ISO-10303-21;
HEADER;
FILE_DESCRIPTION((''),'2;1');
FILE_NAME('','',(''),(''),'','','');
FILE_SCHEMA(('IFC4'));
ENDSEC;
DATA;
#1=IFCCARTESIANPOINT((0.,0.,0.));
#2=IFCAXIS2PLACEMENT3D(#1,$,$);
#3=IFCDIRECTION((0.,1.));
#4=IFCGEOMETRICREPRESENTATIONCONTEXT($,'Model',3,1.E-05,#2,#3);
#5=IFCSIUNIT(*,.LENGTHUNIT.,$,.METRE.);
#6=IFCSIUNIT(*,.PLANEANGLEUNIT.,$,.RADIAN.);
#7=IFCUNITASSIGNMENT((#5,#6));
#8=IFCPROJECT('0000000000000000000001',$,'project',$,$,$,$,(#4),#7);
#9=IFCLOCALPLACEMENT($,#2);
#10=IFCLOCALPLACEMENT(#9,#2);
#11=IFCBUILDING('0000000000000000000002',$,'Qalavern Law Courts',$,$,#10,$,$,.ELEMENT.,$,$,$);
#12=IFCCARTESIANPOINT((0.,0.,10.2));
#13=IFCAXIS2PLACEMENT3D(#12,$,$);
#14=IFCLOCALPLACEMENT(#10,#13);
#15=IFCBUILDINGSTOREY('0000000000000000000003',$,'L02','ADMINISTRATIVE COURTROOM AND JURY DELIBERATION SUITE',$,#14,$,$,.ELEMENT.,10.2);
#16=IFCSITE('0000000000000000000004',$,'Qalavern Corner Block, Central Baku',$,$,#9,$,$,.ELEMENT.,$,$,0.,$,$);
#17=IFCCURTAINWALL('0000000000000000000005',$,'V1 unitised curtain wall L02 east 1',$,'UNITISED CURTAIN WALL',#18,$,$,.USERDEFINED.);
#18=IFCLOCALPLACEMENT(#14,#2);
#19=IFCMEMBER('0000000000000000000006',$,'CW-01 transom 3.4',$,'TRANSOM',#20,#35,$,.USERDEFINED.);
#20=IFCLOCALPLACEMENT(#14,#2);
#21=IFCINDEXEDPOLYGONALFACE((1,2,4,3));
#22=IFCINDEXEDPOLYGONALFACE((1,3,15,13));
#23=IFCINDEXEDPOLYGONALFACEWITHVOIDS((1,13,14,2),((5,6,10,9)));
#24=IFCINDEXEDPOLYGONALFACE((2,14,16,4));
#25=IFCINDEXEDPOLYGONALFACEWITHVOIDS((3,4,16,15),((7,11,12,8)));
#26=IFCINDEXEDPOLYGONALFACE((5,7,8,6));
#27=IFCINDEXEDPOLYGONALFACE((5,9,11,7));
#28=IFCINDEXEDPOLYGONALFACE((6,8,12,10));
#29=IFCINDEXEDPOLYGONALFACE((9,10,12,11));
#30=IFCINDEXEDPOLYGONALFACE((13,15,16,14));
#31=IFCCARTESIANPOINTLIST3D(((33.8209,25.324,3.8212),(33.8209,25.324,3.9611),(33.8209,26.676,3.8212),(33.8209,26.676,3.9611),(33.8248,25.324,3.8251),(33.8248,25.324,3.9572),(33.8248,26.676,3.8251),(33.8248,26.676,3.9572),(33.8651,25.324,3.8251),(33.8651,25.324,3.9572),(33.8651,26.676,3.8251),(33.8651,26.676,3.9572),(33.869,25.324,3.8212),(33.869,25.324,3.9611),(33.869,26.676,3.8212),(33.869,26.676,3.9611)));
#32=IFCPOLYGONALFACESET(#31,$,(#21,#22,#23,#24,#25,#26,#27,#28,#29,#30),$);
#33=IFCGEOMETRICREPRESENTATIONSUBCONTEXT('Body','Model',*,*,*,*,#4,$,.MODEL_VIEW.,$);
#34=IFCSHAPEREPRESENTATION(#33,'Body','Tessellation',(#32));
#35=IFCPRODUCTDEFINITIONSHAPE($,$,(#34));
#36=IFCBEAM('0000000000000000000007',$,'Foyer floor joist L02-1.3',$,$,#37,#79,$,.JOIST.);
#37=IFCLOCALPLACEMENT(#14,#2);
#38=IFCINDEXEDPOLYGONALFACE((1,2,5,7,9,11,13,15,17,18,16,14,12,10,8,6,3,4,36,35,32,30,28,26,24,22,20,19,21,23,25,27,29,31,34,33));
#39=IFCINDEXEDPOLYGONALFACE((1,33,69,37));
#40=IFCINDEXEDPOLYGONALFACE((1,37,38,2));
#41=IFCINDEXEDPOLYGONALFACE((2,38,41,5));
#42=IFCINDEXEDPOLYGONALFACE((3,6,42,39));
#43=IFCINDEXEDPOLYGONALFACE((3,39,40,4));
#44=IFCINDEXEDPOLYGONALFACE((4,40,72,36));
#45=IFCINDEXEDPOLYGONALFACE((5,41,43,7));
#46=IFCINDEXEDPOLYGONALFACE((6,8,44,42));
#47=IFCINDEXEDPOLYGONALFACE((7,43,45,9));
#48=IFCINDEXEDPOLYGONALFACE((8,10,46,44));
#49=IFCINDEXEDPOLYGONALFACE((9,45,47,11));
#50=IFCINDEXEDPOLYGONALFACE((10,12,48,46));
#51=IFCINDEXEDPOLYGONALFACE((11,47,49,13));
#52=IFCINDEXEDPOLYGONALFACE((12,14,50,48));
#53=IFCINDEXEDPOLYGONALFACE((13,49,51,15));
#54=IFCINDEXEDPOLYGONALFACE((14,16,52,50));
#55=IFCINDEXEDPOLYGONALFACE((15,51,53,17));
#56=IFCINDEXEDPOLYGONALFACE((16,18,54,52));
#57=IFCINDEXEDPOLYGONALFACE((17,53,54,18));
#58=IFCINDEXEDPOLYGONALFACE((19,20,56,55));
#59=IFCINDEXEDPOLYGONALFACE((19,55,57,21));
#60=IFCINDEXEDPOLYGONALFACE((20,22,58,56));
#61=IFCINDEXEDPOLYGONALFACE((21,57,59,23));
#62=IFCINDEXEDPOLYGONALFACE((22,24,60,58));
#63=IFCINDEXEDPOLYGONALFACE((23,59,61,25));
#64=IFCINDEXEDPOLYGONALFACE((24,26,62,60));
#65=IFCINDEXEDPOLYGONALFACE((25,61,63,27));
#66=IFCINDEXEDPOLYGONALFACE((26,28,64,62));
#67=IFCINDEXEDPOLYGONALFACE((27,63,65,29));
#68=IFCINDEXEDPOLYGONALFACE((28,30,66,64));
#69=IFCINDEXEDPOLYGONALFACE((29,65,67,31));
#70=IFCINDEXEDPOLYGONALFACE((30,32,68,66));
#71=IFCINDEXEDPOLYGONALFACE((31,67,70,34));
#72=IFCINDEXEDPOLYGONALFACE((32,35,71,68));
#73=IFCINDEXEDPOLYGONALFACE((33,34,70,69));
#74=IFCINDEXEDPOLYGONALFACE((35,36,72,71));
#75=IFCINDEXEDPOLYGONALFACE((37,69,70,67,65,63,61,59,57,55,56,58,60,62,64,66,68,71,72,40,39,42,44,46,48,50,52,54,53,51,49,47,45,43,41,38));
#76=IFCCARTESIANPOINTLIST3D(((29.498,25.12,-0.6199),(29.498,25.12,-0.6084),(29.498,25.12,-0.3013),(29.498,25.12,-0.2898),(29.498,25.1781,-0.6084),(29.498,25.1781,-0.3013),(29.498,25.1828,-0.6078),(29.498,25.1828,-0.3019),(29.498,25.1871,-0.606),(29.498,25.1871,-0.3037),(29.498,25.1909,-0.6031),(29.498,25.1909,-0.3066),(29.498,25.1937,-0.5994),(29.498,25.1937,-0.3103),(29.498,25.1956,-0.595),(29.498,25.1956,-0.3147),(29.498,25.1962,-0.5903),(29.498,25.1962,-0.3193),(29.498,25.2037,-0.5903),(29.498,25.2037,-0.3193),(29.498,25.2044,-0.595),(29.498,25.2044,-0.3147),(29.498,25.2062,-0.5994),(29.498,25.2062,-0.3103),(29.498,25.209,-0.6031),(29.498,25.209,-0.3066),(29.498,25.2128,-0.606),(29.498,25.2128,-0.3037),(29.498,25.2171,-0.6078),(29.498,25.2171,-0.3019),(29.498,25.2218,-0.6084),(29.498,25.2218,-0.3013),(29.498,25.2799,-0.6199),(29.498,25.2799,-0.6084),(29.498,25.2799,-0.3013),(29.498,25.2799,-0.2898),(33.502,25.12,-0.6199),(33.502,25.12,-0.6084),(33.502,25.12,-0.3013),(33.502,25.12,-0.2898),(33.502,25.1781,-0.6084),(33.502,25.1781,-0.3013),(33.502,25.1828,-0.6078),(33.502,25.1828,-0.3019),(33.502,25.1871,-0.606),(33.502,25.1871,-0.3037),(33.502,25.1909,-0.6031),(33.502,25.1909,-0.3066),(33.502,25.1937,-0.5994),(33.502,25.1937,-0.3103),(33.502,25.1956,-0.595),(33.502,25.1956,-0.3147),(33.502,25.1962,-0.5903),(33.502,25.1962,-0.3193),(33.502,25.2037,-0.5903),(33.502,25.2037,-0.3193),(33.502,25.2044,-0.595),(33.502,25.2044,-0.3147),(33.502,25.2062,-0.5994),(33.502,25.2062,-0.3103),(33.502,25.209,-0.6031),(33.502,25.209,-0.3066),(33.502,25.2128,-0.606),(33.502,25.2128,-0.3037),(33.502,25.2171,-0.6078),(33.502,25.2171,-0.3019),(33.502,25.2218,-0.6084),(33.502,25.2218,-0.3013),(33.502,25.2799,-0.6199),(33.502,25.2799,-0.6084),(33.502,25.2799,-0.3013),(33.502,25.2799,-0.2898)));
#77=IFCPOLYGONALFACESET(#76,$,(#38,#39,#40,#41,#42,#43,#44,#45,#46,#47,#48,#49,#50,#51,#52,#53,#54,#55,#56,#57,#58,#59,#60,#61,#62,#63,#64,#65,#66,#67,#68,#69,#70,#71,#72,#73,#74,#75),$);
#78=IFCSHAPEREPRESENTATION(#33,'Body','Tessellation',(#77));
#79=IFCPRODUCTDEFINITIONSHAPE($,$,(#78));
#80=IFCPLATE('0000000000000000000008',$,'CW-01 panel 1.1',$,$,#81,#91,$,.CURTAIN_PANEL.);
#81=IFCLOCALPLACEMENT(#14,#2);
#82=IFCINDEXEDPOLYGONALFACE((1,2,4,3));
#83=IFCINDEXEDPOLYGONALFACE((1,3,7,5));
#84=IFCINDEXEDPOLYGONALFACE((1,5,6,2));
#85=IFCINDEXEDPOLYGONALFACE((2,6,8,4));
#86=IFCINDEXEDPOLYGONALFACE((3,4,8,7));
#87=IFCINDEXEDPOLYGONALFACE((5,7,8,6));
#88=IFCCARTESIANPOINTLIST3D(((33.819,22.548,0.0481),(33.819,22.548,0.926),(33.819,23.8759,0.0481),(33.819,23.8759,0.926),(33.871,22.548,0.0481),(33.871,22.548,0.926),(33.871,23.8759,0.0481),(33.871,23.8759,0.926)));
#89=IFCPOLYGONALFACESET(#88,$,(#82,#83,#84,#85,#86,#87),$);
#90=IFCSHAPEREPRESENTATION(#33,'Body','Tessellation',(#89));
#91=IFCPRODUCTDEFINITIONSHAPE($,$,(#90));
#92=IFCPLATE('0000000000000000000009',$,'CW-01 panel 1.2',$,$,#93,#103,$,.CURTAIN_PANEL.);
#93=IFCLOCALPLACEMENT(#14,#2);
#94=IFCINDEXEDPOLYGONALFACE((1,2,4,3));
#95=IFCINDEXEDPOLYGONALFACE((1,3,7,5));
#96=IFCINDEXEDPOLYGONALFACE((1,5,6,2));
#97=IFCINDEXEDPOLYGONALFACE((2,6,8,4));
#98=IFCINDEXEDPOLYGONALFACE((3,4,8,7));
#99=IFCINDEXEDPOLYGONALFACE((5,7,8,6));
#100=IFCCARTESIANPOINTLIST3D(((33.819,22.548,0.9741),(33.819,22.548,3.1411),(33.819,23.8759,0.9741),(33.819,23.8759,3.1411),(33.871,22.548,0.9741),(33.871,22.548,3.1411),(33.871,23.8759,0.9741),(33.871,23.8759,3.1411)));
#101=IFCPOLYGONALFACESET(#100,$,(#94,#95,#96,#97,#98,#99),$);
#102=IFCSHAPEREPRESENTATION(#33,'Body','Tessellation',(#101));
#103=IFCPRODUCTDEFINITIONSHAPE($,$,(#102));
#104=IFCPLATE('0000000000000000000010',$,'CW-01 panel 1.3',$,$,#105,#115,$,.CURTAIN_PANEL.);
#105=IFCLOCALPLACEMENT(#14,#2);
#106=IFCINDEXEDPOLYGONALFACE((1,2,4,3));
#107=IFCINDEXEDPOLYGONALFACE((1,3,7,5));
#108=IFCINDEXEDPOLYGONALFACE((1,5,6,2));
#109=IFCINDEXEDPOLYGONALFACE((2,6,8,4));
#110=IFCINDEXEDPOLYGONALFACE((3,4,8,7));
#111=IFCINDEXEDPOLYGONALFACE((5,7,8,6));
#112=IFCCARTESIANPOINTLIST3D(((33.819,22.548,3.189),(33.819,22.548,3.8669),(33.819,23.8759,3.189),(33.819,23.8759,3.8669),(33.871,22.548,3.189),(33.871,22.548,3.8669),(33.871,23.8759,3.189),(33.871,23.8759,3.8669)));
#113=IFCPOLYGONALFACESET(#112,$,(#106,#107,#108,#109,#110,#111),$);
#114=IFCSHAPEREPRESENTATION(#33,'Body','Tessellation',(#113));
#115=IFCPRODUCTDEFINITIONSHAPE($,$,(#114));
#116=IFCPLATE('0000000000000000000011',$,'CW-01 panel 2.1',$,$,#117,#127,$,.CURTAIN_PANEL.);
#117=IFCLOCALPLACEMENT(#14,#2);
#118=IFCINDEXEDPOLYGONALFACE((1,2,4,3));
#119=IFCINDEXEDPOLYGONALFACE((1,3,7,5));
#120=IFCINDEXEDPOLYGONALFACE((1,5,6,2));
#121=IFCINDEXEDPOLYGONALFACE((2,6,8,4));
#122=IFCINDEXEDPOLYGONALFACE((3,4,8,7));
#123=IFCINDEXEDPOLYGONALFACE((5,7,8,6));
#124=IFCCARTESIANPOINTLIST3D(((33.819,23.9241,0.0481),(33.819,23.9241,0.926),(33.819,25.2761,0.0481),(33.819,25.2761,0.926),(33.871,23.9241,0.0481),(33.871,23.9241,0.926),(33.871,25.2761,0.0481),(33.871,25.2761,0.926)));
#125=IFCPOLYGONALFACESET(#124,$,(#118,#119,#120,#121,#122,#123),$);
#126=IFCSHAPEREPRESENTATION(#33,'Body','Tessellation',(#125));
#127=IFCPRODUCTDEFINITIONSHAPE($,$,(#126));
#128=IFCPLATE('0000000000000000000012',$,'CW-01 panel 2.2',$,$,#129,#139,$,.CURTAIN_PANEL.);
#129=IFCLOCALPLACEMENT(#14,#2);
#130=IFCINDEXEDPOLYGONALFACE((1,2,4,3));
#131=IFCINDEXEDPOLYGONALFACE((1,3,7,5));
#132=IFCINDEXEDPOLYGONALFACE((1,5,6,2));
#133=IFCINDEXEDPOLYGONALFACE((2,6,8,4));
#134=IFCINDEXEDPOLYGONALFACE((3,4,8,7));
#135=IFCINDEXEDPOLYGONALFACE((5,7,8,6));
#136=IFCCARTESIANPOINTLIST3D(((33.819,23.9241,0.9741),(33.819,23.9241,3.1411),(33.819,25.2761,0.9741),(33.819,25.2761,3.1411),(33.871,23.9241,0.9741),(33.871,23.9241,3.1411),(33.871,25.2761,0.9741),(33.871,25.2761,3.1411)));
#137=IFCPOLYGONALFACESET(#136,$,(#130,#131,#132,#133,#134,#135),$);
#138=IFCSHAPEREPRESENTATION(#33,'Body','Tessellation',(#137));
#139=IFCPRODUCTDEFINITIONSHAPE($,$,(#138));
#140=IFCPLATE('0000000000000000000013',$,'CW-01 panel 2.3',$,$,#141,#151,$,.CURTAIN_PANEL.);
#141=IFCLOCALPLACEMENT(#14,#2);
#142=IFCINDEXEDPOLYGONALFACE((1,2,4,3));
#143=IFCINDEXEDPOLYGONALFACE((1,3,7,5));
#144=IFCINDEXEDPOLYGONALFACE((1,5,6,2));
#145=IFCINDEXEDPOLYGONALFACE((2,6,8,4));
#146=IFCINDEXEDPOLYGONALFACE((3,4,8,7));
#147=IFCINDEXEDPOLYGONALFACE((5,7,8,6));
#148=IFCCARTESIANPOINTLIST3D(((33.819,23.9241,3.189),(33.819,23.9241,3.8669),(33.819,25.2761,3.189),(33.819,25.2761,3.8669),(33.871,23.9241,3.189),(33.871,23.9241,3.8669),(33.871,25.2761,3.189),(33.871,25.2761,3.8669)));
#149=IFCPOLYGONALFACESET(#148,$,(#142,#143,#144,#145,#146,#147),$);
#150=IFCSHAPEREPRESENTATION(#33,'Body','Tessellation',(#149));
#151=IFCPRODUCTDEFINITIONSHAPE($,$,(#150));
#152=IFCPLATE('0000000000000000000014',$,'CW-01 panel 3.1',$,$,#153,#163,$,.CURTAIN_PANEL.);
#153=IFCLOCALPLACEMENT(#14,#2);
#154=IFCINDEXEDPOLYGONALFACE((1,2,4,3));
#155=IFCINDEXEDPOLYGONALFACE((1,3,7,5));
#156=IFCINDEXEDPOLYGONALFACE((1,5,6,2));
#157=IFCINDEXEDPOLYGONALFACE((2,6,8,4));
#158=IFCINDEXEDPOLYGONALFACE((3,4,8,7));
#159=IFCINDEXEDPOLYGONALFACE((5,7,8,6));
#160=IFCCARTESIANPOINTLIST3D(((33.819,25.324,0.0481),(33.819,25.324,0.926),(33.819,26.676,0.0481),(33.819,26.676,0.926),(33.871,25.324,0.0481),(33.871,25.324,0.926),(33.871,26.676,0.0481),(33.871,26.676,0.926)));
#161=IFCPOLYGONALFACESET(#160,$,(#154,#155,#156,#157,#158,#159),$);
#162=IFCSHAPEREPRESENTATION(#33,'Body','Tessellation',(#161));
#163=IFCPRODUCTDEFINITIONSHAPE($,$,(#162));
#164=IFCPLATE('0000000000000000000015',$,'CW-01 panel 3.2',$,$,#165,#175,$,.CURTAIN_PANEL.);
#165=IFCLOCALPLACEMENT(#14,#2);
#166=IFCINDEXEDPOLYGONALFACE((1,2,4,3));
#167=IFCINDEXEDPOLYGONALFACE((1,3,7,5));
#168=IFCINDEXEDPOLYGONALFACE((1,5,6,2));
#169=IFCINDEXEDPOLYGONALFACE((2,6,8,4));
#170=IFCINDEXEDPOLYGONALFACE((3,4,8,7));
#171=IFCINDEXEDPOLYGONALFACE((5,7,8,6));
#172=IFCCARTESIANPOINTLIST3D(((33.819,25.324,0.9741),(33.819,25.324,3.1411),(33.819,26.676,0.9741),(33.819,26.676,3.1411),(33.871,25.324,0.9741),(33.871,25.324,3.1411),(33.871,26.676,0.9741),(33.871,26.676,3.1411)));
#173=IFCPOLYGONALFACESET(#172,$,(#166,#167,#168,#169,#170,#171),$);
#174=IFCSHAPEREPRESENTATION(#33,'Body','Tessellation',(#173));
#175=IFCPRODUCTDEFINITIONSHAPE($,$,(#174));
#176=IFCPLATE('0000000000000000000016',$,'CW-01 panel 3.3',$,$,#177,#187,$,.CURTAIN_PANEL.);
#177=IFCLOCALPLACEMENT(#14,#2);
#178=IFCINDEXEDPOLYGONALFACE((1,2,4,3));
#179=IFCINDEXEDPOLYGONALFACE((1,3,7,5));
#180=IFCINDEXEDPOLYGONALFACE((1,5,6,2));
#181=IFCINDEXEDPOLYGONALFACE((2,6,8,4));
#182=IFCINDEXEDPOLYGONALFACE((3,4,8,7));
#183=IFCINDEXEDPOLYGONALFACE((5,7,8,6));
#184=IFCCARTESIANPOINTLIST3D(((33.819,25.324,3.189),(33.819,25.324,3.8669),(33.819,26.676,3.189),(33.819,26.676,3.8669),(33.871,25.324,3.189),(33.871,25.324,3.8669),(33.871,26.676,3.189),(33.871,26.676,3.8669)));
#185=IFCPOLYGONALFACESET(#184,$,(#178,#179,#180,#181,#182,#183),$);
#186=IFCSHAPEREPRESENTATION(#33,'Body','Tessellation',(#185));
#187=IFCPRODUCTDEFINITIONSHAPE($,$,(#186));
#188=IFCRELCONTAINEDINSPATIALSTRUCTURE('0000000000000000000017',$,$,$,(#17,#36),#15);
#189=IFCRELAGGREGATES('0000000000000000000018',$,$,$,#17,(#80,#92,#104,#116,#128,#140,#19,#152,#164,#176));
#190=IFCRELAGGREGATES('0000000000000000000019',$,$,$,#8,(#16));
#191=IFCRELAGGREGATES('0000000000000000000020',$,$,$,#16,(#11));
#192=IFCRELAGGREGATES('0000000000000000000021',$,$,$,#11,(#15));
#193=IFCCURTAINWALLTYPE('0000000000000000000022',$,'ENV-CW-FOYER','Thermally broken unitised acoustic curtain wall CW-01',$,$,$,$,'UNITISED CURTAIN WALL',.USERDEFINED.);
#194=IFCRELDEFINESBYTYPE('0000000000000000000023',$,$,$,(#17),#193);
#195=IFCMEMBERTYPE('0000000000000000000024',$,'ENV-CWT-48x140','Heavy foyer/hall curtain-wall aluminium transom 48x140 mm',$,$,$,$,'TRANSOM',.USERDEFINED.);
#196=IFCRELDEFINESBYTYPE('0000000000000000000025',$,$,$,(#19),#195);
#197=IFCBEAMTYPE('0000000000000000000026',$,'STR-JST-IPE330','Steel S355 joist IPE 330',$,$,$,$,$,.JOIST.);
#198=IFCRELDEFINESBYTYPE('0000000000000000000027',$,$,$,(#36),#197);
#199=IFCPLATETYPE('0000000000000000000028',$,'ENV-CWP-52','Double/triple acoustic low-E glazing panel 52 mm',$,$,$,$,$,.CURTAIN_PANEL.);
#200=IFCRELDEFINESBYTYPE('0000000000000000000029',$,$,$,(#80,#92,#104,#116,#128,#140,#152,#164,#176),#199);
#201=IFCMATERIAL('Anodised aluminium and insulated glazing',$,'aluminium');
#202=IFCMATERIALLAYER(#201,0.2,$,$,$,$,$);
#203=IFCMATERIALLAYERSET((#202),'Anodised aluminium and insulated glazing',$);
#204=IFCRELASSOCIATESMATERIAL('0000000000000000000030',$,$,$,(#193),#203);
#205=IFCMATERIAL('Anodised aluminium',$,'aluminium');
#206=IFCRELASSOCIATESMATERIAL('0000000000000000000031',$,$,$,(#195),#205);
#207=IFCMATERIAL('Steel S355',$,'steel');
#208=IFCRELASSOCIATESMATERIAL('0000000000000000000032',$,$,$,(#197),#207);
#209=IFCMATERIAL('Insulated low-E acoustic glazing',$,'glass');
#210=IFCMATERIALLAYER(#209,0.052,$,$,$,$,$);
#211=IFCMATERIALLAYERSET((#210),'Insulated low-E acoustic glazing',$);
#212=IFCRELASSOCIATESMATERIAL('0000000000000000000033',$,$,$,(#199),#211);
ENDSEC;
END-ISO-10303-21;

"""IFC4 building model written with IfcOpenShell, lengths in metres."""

from ifc_helpers import new_model, si_unit, direction, frame, origin, origin_2d, place, context, subcontext, project, spatial, rectangle, hollow_rectangle, i_section, extrude, material, layer, layer_set, material_profile, profile_set, type_object, element, aggregate, save


model = new_model("IFC4")

# Units and contexts
model_context = context("Model", 3, precision=1e-05, world=origin(), true_north=direction((0.0, 1.0)))
body_context = subcontext(model_context, "Body", "Model", "MODEL_VIEW")
ifc_project = project(units=[si_unit("LENGTHUNIT", "METRE"), si_unit("PLANEANGLEUNIT", "RADIAN")], contexts=[model_context])

# Site, building, storey
site_placement = place(None, origin())
site = spatial("IfcSite", under=ifc_project, at=site_placement, Name="Qalavern Corner Block, Central Baku", CompositionType="ELEMENT", RefElevation=0.0)
building_placement = place(site_placement, origin())
building = spatial("IfcBuilding", under=site, at=building_placement, Name="Qalavern Law Courts", CompositionType="ELEMENT")
storey_placement = place(building_placement, frame((0.0, 0.0, 10.2)))
storey = spatial("IfcBuildingStorey", under=building, at=storey_placement, Name="L02", Description="ADMINISTRATIVE COURTROOM AND JURY DELIBERATION SUITE", CompositionType="ELEMENT", Elevation=10.2)

# Curtain wall, member
ifc_material_1 = material(Name="Anodised aluminium and insulated glazing", Category="aluminium")
ifc_layer_1 = layer(ifc_material_1, 0.2)
ifc_layer_set_1 = layer_set([ifc_layer_1], Name="Anodised aluminium and insulated glazing")
curtain_wall_type = type_object("IfcCurtainWallType", Name="ENV-CW-FOYER", Description="Thermally broken unitised acoustic curtain wall CW-01", ElementType="UNITISED CURTAIN WALL", PredefinedType="USERDEFINED", material=ifc_layer_set_1)
curtain_wall_placement = place(storey_placement, origin())
curtain_wall = element("IfcCurtainWall", 1, at=curtain_wall_placement, inside=storey, type_object=curtain_wall_type, Name="V1 unitised curtain wall L02 east 1", ObjectType="UNITISED CURTAIN WALL", PredefinedType="USERDEFINED")
ifc_material_2 = material(Name="Anodised aluminium", Category="aluminium")
ifc_material_profile_1 = material_profile(ifc_material_2, hollow_rectangle(XDim=0.0481, YDim=0.1399, WallThickness=0.0039, at=origin_2d()), Name="ALU TRANSOM 48x140")
ifc_profile_set_1 = profile_set([ifc_material_profile_1], Name="Anodised aluminium")
member_type_1 = type_object("IfcMemberType", Name="ENV-CWT-48x140", Description="Heavy foyer/hall curtain-wall aluminium transom 48x140 mm", ElementType="TRANSOM", PredefinedType="USERDEFINED", material=ifc_profile_set_1)
member_1_placement = place(storey_placement, frame((33.845, 25.324, 3.8911), z_axis=(0.0, 1.0, 0.0), x_axis=(-1.0, 0.0, 0.0)))
member_1 = element("IfcMember", 2, at=member_1_placement, type_object=member_type_1, Name="CW-01 transom 3.4", ObjectType="TRANSOM", PredefinedType="USERDEFINED", context=body_context, shape_type="SweptSolid", body=[
    extrude(hollow_rectangle(XDim=0.0481, YDim=0.1399, WallThickness=0.0039, at=origin_2d()), origin(), (0.0, 0.0, 1.0), 1.3521),
])

# Beam
ifc_material_3 = material(Name="Steel S355", Category="steel")
ifc_material_profile_2 = material_profile(ifc_material_3, i_section(OverallWidth=0.1599, OverallDepth=0.3301, WebThickness=0.0076, FlangeThickness=0.0115, FilletRadius=0.0181, at=origin_2d()), Name="IPE 330")
ifc_profile_set_2 = profile_set([ifc_material_profile_2], Name="Steel S355")
beam_type = type_object("IfcBeamType", Name="STR-JST-IPE330", Description="Steel S355 joist IPE 330", PredefinedType="JOIST", material=ifc_profile_set_2)
beam_placement = place(storey_placement, frame((29.498, 25.2, -0.4548), z_axis=(1.0, 0.0, 0.0), x_axis=(0.0, 1.0, 0.0)))
element("IfcBeam", 3, at=beam_placement, inside=storey, type_object=beam_type, Name="Foyer floor joist L02-1.3", PredefinedType="JOIST", context=body_context, shape_type="SweptSolid", body=[
    extrude(i_section(OverallWidth=0.1599, OverallDepth=0.3301, WebThickness=0.0076, FlangeThickness=0.0115, FilletRadius=0.0181, at=origin_2d()), origin(), (0.0, 0.0, 1.0), 4.0039),
])

# Plates
ifc_material_4 = material(Name="Insulated low-E acoustic glazing", Category="glass")
ifc_layer_2 = layer(ifc_material_4, 0.052)
ifc_layer_set_2 = layer_set([ifc_layer_2], Name="Insulated low-E acoustic glazing")
plate_type = type_object("IfcPlateType", Name="ENV-CWP-52", Description="Double/triple acoustic low-E glazing panel 52 mm", PredefinedType="CURTAIN_PANEL", material=ifc_layer_set_2)
plate_1_placement = place(storey_placement, frame((33.845, 23.2119, 0.0481), z_axis=(0.0, 0.0, 1.0), x_axis=(0.0, 1.0, 0.0)))
plate_1 = element("IfcPlate", 4, at=plate_1_placement, type_object=plate_type, Name="CW-01 panel 1.1", PredefinedType="CURTAIN_PANEL", context=body_context, shape_type="SweptSolid", body=[
    extrude(rectangle(XDim=1.3279, YDim=0.052, at=origin_2d()), origin(), (0.0, 0.0, 1.0), 0.8779),
])
plate_2_placement = place(storey_placement, frame((33.845, 23.2119, 0.9741), z_axis=(0.0, 0.0, 1.0), x_axis=(0.0, 1.0, 0.0)))
plate_2 = element("IfcPlate", 5, at=plate_2_placement, type_object=plate_type, Name="CW-01 panel 1.2", PredefinedType="CURTAIN_PANEL", context=body_context, shape_type="SweptSolid", body=[
    extrude(rectangle(XDim=1.3279, YDim=0.052, at=origin_2d()), origin(), (0.0, 0.0, 1.0), 2.167),
])
plate_3_placement = place(storey_placement, frame((33.845, 23.2119, 3.189), z_axis=(0.0, 0.0, 1.0), x_axis=(0.0, 1.0, 0.0)))
plate_3 = element("IfcPlate", 6, at=plate_3_placement, type_object=plate_type, Name="CW-01 panel 1.3", PredefinedType="CURTAIN_PANEL", context=body_context, shape_type="SweptSolid", body=[
    extrude(rectangle(XDim=1.3279, YDim=0.052, at=origin_2d()), origin(), (0.0, 0.0, 1.0), 0.678),
])
plate_4_placement = place(storey_placement, frame((33.845, 24.6001, 0.0481), z_axis=(0.0, 0.0, 1.0), x_axis=(0.0, 1.0, 0.0)))
plate_4 = element("IfcPlate", 7, at=plate_4_placement, type_object=plate_type, Name="CW-01 panel 2.1", PredefinedType="CURTAIN_PANEL", context=body_context, shape_type="SweptSolid", body=[
    extrude(rectangle(XDim=1.3521, YDim=0.052, at=origin_2d()), origin(), (0.0, 0.0, 1.0), 0.8779),
])
plate_5_placement = place(storey_placement, frame((33.845, 24.6001, 0.9741), z_axis=(0.0, 0.0, 1.0), x_axis=(0.0, 1.0, 0.0)))
plate_5 = element("IfcPlate", 8, at=plate_5_placement, type_object=plate_type, Name="CW-01 panel 2.2", PredefinedType="CURTAIN_PANEL", context=body_context, shape_type="SweptSolid", body=[
    extrude(rectangle(XDim=1.3521, YDim=0.052, at=origin_2d()), origin(), (0.0, 0.0, 1.0), 2.167),
])
plate_6_placement = place(storey_placement, frame((33.845, 24.6001, 3.189), z_axis=(0.0, 0.0, 1.0), x_axis=(0.0, 1.0, 0.0)))
plate_6 = element("IfcPlate", 9, at=plate_6_placement, type_object=plate_type, Name="CW-01 panel 2.3", PredefinedType="CURTAIN_PANEL", context=body_context, shape_type="SweptSolid", body=[
    extrude(rectangle(XDim=1.3521, YDim=0.052, at=origin_2d()), origin(), (0.0, 0.0, 1.0), 0.678),
])
plate_7_placement = place(storey_placement, frame((33.845, 26.0, 0.0481), z_axis=(0.0, 0.0, 1.0), x_axis=(0.0, 1.0, 0.0)))
plate_7 = element("IfcPlate", 10, at=plate_7_placement, type_object=plate_type, Name="CW-01 panel 3.1", PredefinedType="CURTAIN_PANEL", context=body_context, shape_type="SweptSolid", body=[
    extrude(rectangle(XDim=1.3521, YDim=0.052, at=origin_2d()), origin(), (0.0, 0.0, 1.0), 0.8779),
])
plate_8_placement = place(storey_placement, frame((33.845, 26.0, 0.9741), z_axis=(0.0, 0.0, 1.0), x_axis=(0.0, 1.0, 0.0)))
plate_8 = element("IfcPlate", 11, at=plate_8_placement, type_object=plate_type, Name="CW-01 panel 3.2", PredefinedType="CURTAIN_PANEL", context=body_context, shape_type="SweptSolid", body=[
    extrude(rectangle(XDim=1.3521, YDim=0.052, at=origin_2d()), origin(), (0.0, 0.0, 1.0), 2.167),
])
plate_9_placement = place(storey_placement, frame((33.845, 26.0, 3.189), z_axis=(0.0, 0.0, 1.0), x_axis=(0.0, 1.0, 0.0)))
plate_9 = element("IfcPlate", 12, at=plate_9_placement, type_object=plate_type, Name="CW-01 panel 3.3", PredefinedType="CURTAIN_PANEL", context=body_context, shape_type="SweptSolid", body=[
    extrude(rectangle(XDim=1.3521, YDim=0.052, at=origin_2d()), origin(), (0.0, 0.0, 1.0), 0.678),
])
aggregate(curtain_wall, [plate_1, plate_2, plate_3, plate_4, plate_5, plate_6, member_1, plate_7, plate_8, plate_9])

save(model, "model.ifc")
